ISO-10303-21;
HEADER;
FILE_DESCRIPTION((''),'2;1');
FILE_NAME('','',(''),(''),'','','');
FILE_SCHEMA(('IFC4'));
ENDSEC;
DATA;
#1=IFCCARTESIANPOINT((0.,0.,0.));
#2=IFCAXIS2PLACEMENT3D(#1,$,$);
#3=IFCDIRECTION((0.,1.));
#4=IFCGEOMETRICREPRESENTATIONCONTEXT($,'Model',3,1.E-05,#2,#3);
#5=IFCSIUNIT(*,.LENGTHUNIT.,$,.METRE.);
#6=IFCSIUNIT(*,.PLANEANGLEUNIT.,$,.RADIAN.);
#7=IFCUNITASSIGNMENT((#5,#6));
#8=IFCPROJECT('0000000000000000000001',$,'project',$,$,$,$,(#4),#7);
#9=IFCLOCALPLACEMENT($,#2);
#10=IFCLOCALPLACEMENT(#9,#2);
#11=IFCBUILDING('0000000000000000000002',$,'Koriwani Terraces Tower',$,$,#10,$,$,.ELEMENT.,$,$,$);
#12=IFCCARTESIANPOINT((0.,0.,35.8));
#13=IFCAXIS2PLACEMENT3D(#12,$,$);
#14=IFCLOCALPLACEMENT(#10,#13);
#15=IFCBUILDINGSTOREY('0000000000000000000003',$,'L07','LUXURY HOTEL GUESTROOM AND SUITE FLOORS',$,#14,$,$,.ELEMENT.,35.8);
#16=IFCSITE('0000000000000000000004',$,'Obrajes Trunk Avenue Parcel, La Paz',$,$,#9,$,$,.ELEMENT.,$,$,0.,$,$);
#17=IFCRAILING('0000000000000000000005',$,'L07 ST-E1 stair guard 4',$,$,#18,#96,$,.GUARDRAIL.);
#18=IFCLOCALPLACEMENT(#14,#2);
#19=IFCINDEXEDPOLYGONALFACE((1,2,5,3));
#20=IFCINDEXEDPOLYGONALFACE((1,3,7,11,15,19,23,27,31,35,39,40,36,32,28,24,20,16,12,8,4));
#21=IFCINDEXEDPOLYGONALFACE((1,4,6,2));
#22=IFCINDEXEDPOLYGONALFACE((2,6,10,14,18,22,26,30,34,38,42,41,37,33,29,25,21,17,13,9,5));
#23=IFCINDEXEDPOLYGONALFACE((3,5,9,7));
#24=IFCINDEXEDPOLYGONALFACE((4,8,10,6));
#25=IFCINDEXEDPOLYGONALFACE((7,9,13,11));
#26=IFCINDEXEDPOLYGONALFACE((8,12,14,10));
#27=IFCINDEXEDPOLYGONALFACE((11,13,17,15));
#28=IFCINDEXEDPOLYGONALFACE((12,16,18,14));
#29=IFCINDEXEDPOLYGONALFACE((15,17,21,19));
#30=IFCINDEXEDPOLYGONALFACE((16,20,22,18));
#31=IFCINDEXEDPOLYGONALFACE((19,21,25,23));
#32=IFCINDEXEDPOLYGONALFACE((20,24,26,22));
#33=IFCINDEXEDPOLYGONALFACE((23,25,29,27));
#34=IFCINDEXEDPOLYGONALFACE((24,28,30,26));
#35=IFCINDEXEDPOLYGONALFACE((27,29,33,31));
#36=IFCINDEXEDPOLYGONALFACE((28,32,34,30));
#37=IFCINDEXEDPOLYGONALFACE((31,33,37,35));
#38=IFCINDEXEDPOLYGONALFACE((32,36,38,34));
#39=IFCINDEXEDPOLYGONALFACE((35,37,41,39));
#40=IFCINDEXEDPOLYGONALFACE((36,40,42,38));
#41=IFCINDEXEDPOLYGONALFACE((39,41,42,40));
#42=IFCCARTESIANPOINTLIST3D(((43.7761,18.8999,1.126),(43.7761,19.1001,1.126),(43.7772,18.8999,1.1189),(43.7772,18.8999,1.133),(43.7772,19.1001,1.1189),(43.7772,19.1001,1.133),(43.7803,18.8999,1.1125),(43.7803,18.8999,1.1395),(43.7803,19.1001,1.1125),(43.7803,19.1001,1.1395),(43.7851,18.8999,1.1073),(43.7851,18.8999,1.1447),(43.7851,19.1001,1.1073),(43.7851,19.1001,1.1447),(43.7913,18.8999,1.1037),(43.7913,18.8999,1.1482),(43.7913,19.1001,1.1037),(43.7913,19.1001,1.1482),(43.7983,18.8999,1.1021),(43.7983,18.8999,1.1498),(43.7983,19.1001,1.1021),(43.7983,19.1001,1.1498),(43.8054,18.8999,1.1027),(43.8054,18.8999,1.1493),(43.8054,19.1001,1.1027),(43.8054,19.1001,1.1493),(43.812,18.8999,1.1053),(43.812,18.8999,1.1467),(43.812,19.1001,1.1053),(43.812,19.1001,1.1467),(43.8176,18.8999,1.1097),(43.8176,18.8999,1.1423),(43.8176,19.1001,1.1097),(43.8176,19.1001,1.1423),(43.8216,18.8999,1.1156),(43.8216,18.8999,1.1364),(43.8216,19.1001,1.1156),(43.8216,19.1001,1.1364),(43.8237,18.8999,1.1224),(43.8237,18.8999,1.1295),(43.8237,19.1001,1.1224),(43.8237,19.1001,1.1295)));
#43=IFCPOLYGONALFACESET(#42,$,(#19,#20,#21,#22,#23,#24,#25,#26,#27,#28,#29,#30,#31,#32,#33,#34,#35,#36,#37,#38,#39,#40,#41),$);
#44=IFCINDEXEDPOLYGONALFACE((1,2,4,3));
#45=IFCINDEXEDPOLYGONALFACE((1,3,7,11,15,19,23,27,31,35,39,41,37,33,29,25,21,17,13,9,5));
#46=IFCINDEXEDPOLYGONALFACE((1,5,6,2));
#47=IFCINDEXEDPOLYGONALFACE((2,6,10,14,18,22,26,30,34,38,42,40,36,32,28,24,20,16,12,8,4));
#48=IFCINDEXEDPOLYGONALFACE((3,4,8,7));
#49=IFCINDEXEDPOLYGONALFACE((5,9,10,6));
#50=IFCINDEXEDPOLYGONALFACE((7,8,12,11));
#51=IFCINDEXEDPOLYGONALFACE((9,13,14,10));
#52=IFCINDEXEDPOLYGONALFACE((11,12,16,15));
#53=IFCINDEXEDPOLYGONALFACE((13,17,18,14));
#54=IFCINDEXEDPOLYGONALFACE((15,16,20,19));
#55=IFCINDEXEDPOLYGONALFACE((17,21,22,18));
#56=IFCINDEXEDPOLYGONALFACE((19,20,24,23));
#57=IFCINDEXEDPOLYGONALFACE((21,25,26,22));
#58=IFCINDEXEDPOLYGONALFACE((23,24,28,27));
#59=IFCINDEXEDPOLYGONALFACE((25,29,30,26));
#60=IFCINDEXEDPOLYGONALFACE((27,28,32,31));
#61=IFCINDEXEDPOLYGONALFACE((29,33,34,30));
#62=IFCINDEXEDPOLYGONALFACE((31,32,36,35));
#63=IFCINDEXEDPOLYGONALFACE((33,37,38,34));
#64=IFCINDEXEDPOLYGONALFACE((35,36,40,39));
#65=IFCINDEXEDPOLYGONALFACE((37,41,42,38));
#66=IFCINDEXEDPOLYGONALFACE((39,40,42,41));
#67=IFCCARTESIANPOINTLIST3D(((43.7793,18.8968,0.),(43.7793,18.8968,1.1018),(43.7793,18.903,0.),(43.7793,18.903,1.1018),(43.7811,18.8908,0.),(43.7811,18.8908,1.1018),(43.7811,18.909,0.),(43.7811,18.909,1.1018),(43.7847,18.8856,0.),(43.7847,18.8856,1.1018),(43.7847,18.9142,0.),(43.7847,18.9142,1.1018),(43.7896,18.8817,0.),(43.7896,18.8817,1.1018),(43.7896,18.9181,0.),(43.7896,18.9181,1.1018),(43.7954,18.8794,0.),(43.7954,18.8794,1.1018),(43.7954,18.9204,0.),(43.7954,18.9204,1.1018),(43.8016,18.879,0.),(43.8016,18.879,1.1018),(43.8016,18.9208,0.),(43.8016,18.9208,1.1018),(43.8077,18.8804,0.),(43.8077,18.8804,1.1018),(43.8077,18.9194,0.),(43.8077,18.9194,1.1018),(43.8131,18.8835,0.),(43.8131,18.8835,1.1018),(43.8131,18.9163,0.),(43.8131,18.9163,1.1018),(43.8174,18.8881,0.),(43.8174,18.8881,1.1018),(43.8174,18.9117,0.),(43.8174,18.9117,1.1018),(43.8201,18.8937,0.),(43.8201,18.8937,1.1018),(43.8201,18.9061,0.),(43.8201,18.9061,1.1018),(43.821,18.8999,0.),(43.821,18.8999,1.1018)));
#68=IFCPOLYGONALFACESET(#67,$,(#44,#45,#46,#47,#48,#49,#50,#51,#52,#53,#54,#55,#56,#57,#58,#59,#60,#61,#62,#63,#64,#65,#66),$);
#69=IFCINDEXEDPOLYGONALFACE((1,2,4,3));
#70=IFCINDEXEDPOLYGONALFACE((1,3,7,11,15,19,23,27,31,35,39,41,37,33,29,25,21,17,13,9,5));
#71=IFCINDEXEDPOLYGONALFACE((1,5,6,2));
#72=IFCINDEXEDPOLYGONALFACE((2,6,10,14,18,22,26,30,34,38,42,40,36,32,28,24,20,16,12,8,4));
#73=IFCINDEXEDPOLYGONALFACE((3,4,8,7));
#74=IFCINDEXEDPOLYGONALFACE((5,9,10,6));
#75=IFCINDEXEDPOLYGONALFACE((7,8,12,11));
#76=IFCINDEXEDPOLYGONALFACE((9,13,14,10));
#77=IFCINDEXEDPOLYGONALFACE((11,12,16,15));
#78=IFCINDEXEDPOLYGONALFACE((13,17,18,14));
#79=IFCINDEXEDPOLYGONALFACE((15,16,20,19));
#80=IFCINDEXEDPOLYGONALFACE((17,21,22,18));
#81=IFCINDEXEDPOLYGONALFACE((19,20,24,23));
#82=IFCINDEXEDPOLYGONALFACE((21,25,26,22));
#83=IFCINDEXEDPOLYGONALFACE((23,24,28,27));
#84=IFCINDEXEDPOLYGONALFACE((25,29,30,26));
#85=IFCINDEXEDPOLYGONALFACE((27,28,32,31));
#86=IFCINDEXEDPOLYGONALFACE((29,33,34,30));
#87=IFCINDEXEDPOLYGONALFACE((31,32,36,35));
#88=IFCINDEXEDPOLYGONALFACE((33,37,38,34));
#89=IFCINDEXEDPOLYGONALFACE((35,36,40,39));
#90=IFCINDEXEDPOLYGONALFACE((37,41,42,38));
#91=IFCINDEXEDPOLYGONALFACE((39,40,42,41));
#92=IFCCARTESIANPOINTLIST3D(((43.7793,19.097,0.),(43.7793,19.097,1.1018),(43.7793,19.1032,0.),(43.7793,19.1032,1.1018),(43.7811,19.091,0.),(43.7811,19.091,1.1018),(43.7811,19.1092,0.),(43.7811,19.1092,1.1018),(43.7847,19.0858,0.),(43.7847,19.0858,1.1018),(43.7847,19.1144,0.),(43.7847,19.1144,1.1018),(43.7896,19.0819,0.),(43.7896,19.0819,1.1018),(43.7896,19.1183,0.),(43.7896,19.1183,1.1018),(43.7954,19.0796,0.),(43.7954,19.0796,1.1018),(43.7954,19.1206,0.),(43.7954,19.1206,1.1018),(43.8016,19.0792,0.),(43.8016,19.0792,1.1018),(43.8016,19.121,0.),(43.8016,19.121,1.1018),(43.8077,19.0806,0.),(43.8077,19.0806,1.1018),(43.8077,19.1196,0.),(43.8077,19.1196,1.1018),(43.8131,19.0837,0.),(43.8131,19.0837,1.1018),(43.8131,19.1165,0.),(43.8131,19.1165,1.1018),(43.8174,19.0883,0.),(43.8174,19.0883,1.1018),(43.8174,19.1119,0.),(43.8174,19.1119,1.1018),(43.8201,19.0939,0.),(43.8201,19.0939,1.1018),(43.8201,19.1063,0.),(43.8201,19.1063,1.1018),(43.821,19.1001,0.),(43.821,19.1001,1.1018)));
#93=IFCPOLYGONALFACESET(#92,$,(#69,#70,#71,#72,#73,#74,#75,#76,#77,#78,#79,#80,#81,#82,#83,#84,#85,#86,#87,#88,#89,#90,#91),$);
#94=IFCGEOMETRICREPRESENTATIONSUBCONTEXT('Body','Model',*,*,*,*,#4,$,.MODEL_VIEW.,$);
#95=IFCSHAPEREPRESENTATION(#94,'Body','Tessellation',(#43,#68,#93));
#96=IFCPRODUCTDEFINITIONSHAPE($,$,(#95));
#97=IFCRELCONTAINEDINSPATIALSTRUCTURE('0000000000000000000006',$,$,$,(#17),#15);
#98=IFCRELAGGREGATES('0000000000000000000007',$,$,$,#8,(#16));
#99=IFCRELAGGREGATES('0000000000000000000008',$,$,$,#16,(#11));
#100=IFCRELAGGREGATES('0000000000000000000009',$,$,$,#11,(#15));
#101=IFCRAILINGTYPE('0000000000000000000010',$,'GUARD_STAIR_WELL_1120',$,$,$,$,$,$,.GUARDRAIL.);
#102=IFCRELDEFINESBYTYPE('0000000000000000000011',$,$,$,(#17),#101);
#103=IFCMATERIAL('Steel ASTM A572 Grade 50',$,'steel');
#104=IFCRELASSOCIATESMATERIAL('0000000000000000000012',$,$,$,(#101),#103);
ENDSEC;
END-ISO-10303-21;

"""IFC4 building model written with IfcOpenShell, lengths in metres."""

from ifc_helpers import new_model, si_unit, direction, frame, origin, origin_2d, place, context, subcontext, project, spatial, circle, extrude, material, type_object, element, save


model = new_model("IFC4")

# Units and contexts
model_context = context("Model", 3, precision=1e-05, world=origin(), true_north=direction((0.0, 1.0)))
body_context = subcontext(model_context, "Body", "Model", "MODEL_VIEW")
ifc_project = project(units=[si_unit("LENGTHUNIT", "METRE"), si_unit("PLANEANGLEUNIT", "RADIAN")], contexts=[model_context])

# Site, building, storey
site_placement = place(None, origin())
site = spatial("IfcSite", under=ifc_project, at=site_placement, Name="Obrajes Trunk Avenue Parcel, La Paz", CompositionType="ELEMENT", RefElevation=0.0)
building_placement = place(site_placement, origin())
building = spatial("IfcBuilding", under=site, at=building_placement, Name="Koriwani Terraces Tower", CompositionType="ELEMENT")
storey_placement = place(building_placement, frame((0.0, 0.0, 35.8)))
storey = spatial("IfcBuildingStorey", under=building, at=storey_placement, Name="L07", Description="LUXURY HOTEL GUESTROOM AND SUITE FLOORS", CompositionType="ELEMENT", Elevation=35.8)

# Shared definitions
ifc_material_1 = material(Name="Steel ASTM A572 Grade 50", Category="steel")

# Railing
railing_type_1 = type_object("IfcRailingType", Name="GUARD_STAIR_WELL_1120", PredefinedType="GUARDRAIL", material=ifc_material_1)
railing_1_placement = place(storey_placement, frame((43.8, 18.8999, 0.0)))
element("IfcRailing", 1, at=railing_1_placement, inside=storey, type_object=railing_type_1, Name="L07 ST-E1 stair guard 4", PredefinedType="GUARDRAIL", context=body_context, shape_type="SweptSolid", body=[
    extrude(circle(Radius=0.0239, at=origin_2d()), frame((0.0, 0.0, 1.126), z_axis=(0.0, 1.0, 0.0), x_axis=(-1.0, 0.0, 0.0)), (0.0, 0.0, 1.0), 0.2002),
    extrude(circle(Radius=0.021, at=origin_2d()), origin(), (0.0, 0.0, 1.0), 1.1018),
    extrude(circle(Radius=0.021, at=origin_2d()), frame((0.0, 0.2002, 0.0)), (0.0, 0.0, 1.0), 1.1018),
])

save(model, "model.ifc")
